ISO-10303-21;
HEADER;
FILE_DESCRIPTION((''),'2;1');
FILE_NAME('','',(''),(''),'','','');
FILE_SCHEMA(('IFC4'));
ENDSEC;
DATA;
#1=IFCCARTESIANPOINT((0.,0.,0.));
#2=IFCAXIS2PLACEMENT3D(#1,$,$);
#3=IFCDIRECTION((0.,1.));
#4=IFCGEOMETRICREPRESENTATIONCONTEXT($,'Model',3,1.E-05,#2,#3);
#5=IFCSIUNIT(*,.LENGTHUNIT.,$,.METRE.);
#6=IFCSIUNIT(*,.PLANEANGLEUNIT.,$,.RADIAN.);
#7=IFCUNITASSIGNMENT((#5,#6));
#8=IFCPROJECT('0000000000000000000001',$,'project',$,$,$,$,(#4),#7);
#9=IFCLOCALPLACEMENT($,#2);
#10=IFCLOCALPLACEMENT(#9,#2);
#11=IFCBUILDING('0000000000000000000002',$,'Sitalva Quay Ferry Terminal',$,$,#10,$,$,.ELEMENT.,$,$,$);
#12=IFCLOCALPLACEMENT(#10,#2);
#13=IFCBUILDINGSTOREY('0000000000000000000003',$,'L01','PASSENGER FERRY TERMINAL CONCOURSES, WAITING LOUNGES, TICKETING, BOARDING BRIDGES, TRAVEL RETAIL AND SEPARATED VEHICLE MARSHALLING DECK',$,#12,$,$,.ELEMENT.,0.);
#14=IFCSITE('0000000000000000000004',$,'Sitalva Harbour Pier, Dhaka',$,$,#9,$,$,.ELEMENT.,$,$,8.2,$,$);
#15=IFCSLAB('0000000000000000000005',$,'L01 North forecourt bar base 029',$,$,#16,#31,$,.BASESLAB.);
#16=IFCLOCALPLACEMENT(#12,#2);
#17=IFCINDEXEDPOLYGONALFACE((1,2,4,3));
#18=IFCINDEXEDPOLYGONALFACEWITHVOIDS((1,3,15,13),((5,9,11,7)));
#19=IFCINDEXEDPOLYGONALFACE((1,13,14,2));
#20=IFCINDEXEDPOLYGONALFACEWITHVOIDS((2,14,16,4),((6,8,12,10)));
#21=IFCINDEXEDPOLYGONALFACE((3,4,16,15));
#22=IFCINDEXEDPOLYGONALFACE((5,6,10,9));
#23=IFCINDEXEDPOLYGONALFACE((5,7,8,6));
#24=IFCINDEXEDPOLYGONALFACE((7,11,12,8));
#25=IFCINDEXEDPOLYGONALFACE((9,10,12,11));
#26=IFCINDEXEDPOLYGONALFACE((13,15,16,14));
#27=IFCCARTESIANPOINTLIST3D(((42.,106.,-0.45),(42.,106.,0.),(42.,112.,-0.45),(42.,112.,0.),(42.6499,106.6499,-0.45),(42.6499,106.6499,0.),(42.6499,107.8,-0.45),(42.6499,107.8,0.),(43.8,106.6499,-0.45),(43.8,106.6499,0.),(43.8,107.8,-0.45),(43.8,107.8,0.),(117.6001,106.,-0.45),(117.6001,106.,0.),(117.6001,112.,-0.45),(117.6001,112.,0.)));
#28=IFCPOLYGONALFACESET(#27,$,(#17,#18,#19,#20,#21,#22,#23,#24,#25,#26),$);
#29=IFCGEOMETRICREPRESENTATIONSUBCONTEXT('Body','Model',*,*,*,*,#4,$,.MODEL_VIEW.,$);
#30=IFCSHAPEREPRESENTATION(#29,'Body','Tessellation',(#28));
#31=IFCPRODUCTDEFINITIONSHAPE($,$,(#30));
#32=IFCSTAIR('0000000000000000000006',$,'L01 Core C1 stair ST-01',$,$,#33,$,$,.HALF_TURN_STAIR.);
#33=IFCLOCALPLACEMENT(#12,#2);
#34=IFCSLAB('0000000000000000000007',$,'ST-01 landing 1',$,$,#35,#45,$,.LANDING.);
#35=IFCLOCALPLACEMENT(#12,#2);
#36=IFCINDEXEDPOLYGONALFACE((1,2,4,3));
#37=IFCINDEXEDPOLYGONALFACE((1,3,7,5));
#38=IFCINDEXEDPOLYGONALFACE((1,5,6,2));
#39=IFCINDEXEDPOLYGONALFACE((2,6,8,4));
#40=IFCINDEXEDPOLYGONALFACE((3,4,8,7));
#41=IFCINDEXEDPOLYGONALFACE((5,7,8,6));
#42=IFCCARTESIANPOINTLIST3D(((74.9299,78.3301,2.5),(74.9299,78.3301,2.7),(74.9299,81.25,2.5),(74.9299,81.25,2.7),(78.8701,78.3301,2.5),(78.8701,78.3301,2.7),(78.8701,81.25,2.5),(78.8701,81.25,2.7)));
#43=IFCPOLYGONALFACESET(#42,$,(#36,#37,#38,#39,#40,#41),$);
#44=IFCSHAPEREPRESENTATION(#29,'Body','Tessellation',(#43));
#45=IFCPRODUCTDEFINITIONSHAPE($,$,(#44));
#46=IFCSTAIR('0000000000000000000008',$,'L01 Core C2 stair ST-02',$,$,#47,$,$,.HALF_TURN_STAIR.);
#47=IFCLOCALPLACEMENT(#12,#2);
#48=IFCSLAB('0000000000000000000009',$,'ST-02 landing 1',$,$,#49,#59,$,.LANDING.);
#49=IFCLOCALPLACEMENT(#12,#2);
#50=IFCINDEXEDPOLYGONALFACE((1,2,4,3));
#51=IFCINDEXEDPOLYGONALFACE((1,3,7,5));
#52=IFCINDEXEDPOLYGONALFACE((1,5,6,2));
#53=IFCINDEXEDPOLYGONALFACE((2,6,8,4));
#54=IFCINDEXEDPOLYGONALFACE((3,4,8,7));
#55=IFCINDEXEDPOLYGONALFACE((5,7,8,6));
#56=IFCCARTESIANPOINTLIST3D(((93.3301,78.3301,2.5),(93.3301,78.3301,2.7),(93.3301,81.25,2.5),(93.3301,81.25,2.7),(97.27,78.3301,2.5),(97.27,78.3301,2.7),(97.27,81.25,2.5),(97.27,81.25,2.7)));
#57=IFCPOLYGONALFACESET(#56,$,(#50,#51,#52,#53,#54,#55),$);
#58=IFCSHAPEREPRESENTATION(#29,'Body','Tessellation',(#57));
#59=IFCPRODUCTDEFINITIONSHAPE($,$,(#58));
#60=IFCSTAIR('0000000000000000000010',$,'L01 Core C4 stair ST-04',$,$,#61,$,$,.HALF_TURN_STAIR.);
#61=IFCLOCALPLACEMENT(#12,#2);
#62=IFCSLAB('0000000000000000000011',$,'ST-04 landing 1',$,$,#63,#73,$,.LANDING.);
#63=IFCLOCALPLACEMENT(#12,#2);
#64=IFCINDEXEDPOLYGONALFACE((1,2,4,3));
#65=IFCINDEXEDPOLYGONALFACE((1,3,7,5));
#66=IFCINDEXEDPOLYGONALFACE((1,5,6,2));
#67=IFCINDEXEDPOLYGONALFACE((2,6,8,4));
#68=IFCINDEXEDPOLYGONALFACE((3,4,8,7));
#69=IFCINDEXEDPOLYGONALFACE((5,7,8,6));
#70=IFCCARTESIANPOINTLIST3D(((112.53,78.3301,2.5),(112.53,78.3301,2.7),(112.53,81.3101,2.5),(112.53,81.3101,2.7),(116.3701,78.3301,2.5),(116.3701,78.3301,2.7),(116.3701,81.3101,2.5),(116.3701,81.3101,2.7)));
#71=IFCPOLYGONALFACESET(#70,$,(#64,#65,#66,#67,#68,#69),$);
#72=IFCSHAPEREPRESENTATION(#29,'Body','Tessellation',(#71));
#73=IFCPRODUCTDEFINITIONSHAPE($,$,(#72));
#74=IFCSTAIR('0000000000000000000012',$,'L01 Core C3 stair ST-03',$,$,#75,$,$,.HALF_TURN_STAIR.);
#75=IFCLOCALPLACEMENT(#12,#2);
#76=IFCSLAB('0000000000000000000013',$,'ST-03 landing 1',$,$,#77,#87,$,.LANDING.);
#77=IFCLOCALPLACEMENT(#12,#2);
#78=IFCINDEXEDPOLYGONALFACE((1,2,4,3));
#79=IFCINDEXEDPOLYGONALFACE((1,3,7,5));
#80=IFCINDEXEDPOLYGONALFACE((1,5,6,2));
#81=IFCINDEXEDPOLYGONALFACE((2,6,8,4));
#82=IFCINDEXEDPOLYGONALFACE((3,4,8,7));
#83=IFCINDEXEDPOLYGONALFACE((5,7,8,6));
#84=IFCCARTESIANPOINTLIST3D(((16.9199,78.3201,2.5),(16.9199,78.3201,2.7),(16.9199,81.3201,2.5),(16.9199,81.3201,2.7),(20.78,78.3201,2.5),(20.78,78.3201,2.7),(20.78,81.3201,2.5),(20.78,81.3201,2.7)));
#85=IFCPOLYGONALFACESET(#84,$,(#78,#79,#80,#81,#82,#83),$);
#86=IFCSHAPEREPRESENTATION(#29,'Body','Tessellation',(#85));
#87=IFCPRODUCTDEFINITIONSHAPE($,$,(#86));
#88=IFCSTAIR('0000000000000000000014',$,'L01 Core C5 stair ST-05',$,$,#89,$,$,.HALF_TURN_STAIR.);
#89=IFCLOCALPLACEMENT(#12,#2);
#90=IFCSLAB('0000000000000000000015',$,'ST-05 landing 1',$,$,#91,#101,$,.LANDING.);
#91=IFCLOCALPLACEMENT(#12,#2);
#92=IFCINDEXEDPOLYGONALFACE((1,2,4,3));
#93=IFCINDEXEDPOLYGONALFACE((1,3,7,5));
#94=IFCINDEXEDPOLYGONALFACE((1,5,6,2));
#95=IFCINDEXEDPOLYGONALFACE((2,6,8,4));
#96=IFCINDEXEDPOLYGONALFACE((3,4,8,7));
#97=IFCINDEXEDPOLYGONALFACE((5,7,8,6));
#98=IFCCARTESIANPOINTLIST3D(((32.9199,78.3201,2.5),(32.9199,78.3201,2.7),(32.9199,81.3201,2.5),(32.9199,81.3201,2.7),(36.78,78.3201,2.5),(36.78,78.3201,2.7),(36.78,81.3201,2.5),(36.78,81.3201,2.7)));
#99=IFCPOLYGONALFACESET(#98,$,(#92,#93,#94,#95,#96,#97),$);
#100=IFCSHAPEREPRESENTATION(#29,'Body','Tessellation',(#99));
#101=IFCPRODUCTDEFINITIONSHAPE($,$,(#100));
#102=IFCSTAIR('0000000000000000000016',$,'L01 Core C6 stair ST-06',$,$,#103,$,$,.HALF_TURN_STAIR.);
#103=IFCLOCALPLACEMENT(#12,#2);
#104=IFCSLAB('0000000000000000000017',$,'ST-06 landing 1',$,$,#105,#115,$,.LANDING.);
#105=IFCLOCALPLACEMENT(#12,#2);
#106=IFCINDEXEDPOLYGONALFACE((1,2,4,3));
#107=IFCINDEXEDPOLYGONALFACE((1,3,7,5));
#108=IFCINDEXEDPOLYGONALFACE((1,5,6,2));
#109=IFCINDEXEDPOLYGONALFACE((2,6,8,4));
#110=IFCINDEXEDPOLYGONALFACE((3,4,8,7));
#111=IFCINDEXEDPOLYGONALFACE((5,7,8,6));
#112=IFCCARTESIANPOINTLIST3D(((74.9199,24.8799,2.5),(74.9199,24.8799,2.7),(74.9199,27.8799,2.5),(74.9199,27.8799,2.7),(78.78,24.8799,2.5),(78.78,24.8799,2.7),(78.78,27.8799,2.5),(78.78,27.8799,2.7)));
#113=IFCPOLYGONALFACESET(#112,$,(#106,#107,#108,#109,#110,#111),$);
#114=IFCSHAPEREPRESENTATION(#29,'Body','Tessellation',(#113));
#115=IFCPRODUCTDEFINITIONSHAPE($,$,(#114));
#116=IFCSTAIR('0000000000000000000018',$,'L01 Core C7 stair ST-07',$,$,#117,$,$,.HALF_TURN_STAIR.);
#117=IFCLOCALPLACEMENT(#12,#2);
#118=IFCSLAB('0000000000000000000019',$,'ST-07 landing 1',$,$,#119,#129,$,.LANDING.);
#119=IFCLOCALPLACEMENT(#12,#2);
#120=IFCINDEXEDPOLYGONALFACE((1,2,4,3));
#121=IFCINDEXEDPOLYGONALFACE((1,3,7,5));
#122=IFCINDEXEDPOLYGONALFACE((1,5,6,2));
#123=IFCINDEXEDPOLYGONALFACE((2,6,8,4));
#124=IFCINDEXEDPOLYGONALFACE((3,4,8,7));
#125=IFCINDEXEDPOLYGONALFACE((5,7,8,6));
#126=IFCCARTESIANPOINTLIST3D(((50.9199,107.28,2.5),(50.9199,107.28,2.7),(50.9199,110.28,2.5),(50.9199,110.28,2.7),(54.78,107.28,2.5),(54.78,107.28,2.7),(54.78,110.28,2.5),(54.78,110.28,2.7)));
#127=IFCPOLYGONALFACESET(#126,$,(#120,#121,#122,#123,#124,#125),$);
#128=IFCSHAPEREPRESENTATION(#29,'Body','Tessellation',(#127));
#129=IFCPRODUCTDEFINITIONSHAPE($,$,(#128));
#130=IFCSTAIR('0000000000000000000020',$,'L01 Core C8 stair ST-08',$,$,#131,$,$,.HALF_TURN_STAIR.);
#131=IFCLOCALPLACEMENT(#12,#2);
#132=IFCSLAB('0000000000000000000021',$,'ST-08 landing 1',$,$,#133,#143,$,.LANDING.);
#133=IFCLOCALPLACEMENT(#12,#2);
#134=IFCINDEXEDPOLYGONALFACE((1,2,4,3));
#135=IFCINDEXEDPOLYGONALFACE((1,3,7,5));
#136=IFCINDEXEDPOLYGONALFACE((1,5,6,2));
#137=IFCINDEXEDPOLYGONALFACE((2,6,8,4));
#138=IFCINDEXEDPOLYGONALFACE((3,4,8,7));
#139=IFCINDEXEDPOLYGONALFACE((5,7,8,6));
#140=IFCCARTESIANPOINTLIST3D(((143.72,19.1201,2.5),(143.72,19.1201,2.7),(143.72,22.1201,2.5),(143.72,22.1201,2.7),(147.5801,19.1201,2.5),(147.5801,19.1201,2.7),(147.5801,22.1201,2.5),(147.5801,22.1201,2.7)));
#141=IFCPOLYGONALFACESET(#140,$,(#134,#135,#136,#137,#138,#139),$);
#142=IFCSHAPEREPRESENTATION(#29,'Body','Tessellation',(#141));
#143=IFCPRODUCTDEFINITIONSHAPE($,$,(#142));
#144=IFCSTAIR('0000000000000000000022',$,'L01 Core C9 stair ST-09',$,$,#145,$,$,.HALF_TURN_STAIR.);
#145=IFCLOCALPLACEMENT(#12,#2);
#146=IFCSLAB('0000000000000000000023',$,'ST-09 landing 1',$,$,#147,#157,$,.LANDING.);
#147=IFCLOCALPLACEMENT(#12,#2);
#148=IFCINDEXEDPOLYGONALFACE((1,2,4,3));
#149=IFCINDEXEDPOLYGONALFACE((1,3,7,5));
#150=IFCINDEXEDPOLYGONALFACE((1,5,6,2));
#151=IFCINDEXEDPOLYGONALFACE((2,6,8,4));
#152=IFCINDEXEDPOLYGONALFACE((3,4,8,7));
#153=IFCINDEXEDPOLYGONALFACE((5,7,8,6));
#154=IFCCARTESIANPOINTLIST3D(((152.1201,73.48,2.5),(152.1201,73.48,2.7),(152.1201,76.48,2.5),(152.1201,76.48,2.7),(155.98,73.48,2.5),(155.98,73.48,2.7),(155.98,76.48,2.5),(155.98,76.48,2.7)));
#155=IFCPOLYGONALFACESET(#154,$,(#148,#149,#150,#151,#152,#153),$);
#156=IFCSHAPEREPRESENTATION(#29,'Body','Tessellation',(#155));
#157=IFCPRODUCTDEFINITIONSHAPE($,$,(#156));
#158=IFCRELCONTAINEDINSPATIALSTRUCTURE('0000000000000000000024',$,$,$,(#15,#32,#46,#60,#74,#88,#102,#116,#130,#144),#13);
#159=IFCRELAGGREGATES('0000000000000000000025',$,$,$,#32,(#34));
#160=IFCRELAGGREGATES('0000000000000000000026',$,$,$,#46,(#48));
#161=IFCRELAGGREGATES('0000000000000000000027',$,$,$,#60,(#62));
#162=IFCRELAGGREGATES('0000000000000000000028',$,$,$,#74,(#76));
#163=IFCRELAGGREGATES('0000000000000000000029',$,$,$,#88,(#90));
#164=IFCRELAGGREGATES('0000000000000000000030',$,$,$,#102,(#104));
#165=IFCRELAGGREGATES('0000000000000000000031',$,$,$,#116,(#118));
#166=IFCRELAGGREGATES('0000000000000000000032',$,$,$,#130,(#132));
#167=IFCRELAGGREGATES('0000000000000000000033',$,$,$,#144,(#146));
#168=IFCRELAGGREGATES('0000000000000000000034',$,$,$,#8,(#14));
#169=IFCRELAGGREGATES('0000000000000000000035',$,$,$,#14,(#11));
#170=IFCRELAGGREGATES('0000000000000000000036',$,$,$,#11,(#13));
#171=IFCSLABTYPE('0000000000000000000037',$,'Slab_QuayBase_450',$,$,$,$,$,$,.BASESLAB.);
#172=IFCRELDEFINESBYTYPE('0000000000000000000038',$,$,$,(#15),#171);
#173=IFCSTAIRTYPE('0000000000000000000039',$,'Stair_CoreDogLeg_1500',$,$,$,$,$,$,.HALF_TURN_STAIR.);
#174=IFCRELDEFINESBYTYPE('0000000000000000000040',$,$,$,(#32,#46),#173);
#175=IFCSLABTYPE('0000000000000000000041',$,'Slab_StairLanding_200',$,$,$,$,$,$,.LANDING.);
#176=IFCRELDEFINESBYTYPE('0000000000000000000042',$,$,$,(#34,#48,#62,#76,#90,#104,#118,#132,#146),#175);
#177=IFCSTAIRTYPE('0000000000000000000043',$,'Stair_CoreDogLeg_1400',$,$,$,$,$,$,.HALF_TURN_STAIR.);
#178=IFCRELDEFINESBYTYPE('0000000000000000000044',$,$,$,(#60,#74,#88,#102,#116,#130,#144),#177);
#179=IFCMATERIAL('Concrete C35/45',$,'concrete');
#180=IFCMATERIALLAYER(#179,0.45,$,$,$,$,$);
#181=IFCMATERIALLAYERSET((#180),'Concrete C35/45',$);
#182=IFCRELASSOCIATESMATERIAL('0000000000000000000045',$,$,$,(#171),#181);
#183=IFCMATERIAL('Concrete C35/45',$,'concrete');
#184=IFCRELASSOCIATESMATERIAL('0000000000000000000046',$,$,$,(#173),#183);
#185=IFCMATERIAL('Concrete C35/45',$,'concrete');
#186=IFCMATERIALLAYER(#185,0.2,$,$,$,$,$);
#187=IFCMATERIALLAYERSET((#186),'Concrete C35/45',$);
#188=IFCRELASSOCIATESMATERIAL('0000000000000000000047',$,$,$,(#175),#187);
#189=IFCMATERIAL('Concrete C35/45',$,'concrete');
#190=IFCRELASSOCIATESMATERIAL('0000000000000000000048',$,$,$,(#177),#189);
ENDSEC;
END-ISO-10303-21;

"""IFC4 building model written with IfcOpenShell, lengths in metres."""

from ifc_helpers import new_model, si_unit, direction, frame, origin, place, context, subcontext, project, spatial, polyline, outline, extrude, material, layer, layer_set, type_object, element, aggregate, save


model = new_model("IFC4")

# Units and contexts
model_context = context("Model", 3, precision=1e-05, world=origin(), true_north=direction((0.0, 1.0)))
body_context = subcontext(model_context, "Body", "Model", "MODEL_VIEW")
ifc_project = project(units=[si_unit("LENGTHUNIT", "METRE"), si_unit("PLANEANGLEUNIT", "RADIAN")], contexts=[model_context])

# Site, building, storey
site_placement = place(None, origin())
site = spatial("IfcSite", under=ifc_project, at=site_placement, Name="Sitalva Harbour Pier, Dhaka", CompositionType="ELEMENT", RefElevation=8.2)
building_placement = place(site_placement, origin())
building = spatial("IfcBuilding", under=site, at=building_placement, Name="Sitalva Quay Ferry Terminal", CompositionType="ELEMENT")
storey_placement = place(building_placement, origin())
storey = spatial("IfcBuildingStorey", under=building, at=storey_placement, Name="L01", Description="PASSENGER FERRY TERMINAL CONCOURSES, WAITING LOUNGES, TICKETING, BOARDING BRIDGES, TRAVEL RETAIL AND SEPARATED VEHICLE MARSHALLING DECK", CompositionType="ELEMENT", Elevation=0.0)

# Slab
ifc_material_1 = material(Name="Concrete C35/45", Category="concrete")
ifc_layer_1 = layer(ifc_material_1, 0.45)
ifc_layer_set_1 = layer_set([ifc_layer_1], Name="Concrete C35/45")
slab_type_1 = type_object("IfcSlabType", Name="Slab_QuayBase_450", PredefinedType="BASESLAB", material=ifc_layer_set_1)
slab_1_placement = place(storey_placement, frame((0.0, 0.0, -0.45)))
element("IfcSlab", 1, at=slab_1_placement, inside=storey, type_object=slab_type_1, Name="L01 North forecourt bar base 029", PredefinedType="BASESLAB", context=body_context, shape_type="SweptSolid", body=[
    extrude(outline(polyline([(42.0, 106.0), (117.6001, 106.0), (117.6001, 112.0), (42.0, 112.0), (42.0, 106.0)]), holes=[polyline([(42.6499, 106.6499), (42.6499, 107.8), (43.8, 107.8), (43.8, 106.6499), (42.6499, 106.6499)])]), origin(), (0.0, 0.0, 1.0), 0.45),
])

# Stairs, slabs
ifc_material_2 = material(Name="Concrete C35/45", Category="concrete")
stair_type_1 = type_object("IfcStairType", Name="Stair_CoreDogLeg_1500", PredefinedType="HALF_TURN_STAIR", material=ifc_material_2)
stair_1_placement = place(storey_placement, origin())
stair_1 = element("IfcStair", 2, at=stair_1_placement, inside=storey, type_object=stair_type_1, Name="L01 Core C1 stair ST-01", PredefinedType="HALF_TURN_STAIR")
ifc_material_3 = material(Name="Concrete C35/45", Category="concrete")
ifc_layer_2 = layer(ifc_material_3, 0.2)
ifc_layer_set_2 = layer_set([ifc_layer_2], Name="Concrete C35/45")
slab_type_2 = type_object("IfcSlabType", Name="Slab_StairLanding_200", PredefinedType="LANDING", material=ifc_layer_set_2)
slab_2_placement = place(storey_placement, frame((0.0, 0.0, 2.5)))
slab_2 = element("IfcSlab", 3, at=slab_2_placement, type_object=slab_type_2, Name="ST-01 landing 1", PredefinedType="LANDING", context=body_context, shape_type="SweptSolid", body=[
    extrude(outline(polyline([(74.9299, 81.25), (74.9299, 78.3301), (78.8701, 78.3301), (78.8701, 81.25), (74.9299, 81.25)])), origin(), (0.0, 0.0, 1.0), 0.2),
])
aggregate(stair_1, [slab_2])
stair_2_placement = place(storey_placement, origin())
stair_2 = element("IfcStair", 4, at=stair_2_placement, inside=storey, type_object=stair_type_1, Name="L01 Core C2 stair ST-02", PredefinedType="HALF_TURN_STAIR")
slab_3_placement = place(storey_placement, frame((0.0, 0.0, 2.5)))
slab_3 = element("IfcSlab", 5, at=slab_3_placement, type_object=slab_type_2, Name="ST-02 landing 1", PredefinedType="LANDING", context=body_context, shape_type="SweptSolid", body=[
    extrude(outline(polyline([(93.3301, 81.25), (93.3301, 78.3301), (97.27, 78.3301), (97.27, 81.25), (93.3301, 81.25)])), origin(), (0.0, 0.0, 1.0), 0.2),
])
aggregate(stair_2, [slab_3])
ifc_material_4 = material(Name="Concrete C35/45", Category="concrete")
stair_type_2 = type_object("IfcStairType", Name="Stair_CoreDogLeg_1400", PredefinedType="HALF_TURN_STAIR", material=ifc_material_4)
stair_3_placement = place(storey_placement, origin())
stair_3 = element("IfcStair", 6, at=stair_3_placement, inside=storey, type_object=stair_type_2, Name="L01 Core C4 stair ST-04", PredefinedType="HALF_TURN_STAIR")
slab_4_placement = place(storey_placement, frame((0.0, 0.0, 2.5)))
slab_4 = element("IfcSlab", 7, at=slab_4_placement, type_object=slab_type_2, Name="ST-04 landing 1", PredefinedType="LANDING", context=body_context, shape_type="SweptSolid", body=[
    extrude(outline(polyline([(112.53, 81.3101), (112.53, 78.3301), (116.3701, 78.3301), (116.3701, 81.3101), (112.53, 81.3101)])), origin(), (0.0, 0.0, 1.0), 0.2),
])
aggregate(stair_3, [slab_4])
stair_4_placement = place(storey_placement, origin())
stair_4 = element("IfcStair", 8, at=stair_4_placement, inside=storey, type_object=stair_type_2, Name="L01 Core C3 stair ST-03", PredefinedType="HALF_TURN_STAIR")
slab_5_placement = place(storey_placement, frame((0.0, 0.0, 2.5)))
slab_5 = element("IfcSlab", 9, at=slab_5_placement, type_object=slab_type_2, Name="ST-03 landing 1", PredefinedType="LANDING", context=body_context, shape_type="SweptSolid", body=[
    extrude(outline(polyline([(16.9199, 81.3201), (16.9199, 78.3201), (20.78, 78.3201), (20.78, 81.3201), (16.9199, 81.3201)])), origin(), (0.0, 0.0, 1.0), 0.2),
])
aggregate(stair_4, [slab_5])
stair_5_placement = place(storey_placement, origin())
stair_5 = element("IfcStair", 10, at=stair_5_placement, inside=storey, type_object=stair_type_2, Name="L01 Core C5 stair ST-05", PredefinedType="HALF_TURN_STAIR")
slab_6_placement = place(storey_placement, frame((0.0, 0.0, 2.5)))
slab_6 = element("IfcSlab", 11, at=slab_6_placement, type_object=slab_type_2, Name="ST-05 landing 1", PredefinedType="LANDING", context=body_context, shape_type="SweptSolid", body=[
    extrude(outline(polyline([(32.9199, 81.3201), (32.9199, 78.3201), (36.78, 78.3201), (36.78, 81.3201), (32.9199, 81.3201)])), origin(), (0.0, 0.0, 1.0), 0.2),
])
aggregate(stair_5, [slab_6])
stair_6_placement = place(storey_placement, origin())
stair_6 = element("IfcStair", 12, at=stair_6_placement, inside=storey, type_object=stair_type_2, Name="L01 Core C6 stair ST-06", PredefinedType="HALF_TURN_STAIR")
slab_7_placement = place(storey_placement, frame((0.0, 0.0, 2.5)))
slab_7 = element("IfcSlab", 13, at=slab_7_placement, type_object=slab_type_2, Name="ST-06 landing 1", PredefinedType="LANDING", context=body_context, shape_type="SweptSolid", body=[
    extrude(outline(polyline([(78.78, 24.8799), (78.78, 27.8799), (74.9199, 27.8799), (74.9199, 24.8799), (78.78, 24.8799)])), origin(), (0.0, 0.0, 1.0), 0.2),
])
aggregate(stair_6, [slab_7])
stair_7_placement = place(storey_placement, origin())
stair_7 = element("IfcStair", 14, at=stair_7_placement, inside=storey, type_object=stair_type_2, Name="L01 Core C7 stair ST-07", PredefinedType="HALF_TURN_STAIR")
slab_8_placement = place(storey_placement, frame((0.0, 0.0, 2.5)))
slab_8 = element("IfcSlab", 15, at=slab_8_placement, type_object=slab_type_2, Name="ST-07 landing 1", PredefinedType="LANDING", context=body_context, shape_type="SweptSolid", body=[
    extrude(outline(polyline([(54.78, 107.28), (54.78, 110.28), (50.9199, 110.28), (50.9199, 107.28), (54.78, 107.28)])), origin(), (0.0, 0.0, 1.0), 0.2),
])
aggregate(stair_7, [slab_8])
stair_8_placement = place(storey_placement, origin())
stair_8 = element("IfcStair", 16, at=stair_8_placement, inside=storey, type_object=stair_type_2, Name="L01 Core C8 stair ST-08", PredefinedType="HALF_TURN_STAIR")
slab_9_placement = place(storey_placement, frame((0.0, 0.0, 2.5)))
slab_9 = element("IfcSlab", 17, at=slab_9_placement, type_object=slab_type_2, Name="ST-08 landing 1", PredefinedType="LANDING", context=body_context, shape_type="SweptSolid", body=[
    extrude(outline(polyline([(143.72, 22.1201), (143.72, 19.1201), (147.5801, 19.1201), (147.5801, 22.1201), (143.72, 22.1201)])), origin(), (0.0, 0.0, 1.0), 0.2),
])
aggregate(stair_8, [slab_9])
stair_9_placement = place(storey_placement, origin())
stair_9 = element("IfcStair", 18, at=stair_9_placement, inside=storey, type_object=stair_type_2, Name="L01 Core C9 stair ST-09", PredefinedType="HALF_TURN_STAIR")
slab_10_placement = place(storey_placement, frame((0.0, 0.0, 2.5)))
slab_10 = element("IfcSlab", 19, at=slab_10_placement, type_object=slab_type_2, Name="ST-09 landing 1", PredefinedType="LANDING", context=body_context, shape_type="SweptSolid", body=[
    extrude(outline(polyline([(155.98, 73.48), (155.98, 76.48), (152.1201, 76.48), (152.1201, 73.48), (155.98, 73.48)])), origin(), (0.0, 0.0, 1.0), 0.2),
])
aggregate(stair_9, [slab_10])

save(model, "model.ifc")
